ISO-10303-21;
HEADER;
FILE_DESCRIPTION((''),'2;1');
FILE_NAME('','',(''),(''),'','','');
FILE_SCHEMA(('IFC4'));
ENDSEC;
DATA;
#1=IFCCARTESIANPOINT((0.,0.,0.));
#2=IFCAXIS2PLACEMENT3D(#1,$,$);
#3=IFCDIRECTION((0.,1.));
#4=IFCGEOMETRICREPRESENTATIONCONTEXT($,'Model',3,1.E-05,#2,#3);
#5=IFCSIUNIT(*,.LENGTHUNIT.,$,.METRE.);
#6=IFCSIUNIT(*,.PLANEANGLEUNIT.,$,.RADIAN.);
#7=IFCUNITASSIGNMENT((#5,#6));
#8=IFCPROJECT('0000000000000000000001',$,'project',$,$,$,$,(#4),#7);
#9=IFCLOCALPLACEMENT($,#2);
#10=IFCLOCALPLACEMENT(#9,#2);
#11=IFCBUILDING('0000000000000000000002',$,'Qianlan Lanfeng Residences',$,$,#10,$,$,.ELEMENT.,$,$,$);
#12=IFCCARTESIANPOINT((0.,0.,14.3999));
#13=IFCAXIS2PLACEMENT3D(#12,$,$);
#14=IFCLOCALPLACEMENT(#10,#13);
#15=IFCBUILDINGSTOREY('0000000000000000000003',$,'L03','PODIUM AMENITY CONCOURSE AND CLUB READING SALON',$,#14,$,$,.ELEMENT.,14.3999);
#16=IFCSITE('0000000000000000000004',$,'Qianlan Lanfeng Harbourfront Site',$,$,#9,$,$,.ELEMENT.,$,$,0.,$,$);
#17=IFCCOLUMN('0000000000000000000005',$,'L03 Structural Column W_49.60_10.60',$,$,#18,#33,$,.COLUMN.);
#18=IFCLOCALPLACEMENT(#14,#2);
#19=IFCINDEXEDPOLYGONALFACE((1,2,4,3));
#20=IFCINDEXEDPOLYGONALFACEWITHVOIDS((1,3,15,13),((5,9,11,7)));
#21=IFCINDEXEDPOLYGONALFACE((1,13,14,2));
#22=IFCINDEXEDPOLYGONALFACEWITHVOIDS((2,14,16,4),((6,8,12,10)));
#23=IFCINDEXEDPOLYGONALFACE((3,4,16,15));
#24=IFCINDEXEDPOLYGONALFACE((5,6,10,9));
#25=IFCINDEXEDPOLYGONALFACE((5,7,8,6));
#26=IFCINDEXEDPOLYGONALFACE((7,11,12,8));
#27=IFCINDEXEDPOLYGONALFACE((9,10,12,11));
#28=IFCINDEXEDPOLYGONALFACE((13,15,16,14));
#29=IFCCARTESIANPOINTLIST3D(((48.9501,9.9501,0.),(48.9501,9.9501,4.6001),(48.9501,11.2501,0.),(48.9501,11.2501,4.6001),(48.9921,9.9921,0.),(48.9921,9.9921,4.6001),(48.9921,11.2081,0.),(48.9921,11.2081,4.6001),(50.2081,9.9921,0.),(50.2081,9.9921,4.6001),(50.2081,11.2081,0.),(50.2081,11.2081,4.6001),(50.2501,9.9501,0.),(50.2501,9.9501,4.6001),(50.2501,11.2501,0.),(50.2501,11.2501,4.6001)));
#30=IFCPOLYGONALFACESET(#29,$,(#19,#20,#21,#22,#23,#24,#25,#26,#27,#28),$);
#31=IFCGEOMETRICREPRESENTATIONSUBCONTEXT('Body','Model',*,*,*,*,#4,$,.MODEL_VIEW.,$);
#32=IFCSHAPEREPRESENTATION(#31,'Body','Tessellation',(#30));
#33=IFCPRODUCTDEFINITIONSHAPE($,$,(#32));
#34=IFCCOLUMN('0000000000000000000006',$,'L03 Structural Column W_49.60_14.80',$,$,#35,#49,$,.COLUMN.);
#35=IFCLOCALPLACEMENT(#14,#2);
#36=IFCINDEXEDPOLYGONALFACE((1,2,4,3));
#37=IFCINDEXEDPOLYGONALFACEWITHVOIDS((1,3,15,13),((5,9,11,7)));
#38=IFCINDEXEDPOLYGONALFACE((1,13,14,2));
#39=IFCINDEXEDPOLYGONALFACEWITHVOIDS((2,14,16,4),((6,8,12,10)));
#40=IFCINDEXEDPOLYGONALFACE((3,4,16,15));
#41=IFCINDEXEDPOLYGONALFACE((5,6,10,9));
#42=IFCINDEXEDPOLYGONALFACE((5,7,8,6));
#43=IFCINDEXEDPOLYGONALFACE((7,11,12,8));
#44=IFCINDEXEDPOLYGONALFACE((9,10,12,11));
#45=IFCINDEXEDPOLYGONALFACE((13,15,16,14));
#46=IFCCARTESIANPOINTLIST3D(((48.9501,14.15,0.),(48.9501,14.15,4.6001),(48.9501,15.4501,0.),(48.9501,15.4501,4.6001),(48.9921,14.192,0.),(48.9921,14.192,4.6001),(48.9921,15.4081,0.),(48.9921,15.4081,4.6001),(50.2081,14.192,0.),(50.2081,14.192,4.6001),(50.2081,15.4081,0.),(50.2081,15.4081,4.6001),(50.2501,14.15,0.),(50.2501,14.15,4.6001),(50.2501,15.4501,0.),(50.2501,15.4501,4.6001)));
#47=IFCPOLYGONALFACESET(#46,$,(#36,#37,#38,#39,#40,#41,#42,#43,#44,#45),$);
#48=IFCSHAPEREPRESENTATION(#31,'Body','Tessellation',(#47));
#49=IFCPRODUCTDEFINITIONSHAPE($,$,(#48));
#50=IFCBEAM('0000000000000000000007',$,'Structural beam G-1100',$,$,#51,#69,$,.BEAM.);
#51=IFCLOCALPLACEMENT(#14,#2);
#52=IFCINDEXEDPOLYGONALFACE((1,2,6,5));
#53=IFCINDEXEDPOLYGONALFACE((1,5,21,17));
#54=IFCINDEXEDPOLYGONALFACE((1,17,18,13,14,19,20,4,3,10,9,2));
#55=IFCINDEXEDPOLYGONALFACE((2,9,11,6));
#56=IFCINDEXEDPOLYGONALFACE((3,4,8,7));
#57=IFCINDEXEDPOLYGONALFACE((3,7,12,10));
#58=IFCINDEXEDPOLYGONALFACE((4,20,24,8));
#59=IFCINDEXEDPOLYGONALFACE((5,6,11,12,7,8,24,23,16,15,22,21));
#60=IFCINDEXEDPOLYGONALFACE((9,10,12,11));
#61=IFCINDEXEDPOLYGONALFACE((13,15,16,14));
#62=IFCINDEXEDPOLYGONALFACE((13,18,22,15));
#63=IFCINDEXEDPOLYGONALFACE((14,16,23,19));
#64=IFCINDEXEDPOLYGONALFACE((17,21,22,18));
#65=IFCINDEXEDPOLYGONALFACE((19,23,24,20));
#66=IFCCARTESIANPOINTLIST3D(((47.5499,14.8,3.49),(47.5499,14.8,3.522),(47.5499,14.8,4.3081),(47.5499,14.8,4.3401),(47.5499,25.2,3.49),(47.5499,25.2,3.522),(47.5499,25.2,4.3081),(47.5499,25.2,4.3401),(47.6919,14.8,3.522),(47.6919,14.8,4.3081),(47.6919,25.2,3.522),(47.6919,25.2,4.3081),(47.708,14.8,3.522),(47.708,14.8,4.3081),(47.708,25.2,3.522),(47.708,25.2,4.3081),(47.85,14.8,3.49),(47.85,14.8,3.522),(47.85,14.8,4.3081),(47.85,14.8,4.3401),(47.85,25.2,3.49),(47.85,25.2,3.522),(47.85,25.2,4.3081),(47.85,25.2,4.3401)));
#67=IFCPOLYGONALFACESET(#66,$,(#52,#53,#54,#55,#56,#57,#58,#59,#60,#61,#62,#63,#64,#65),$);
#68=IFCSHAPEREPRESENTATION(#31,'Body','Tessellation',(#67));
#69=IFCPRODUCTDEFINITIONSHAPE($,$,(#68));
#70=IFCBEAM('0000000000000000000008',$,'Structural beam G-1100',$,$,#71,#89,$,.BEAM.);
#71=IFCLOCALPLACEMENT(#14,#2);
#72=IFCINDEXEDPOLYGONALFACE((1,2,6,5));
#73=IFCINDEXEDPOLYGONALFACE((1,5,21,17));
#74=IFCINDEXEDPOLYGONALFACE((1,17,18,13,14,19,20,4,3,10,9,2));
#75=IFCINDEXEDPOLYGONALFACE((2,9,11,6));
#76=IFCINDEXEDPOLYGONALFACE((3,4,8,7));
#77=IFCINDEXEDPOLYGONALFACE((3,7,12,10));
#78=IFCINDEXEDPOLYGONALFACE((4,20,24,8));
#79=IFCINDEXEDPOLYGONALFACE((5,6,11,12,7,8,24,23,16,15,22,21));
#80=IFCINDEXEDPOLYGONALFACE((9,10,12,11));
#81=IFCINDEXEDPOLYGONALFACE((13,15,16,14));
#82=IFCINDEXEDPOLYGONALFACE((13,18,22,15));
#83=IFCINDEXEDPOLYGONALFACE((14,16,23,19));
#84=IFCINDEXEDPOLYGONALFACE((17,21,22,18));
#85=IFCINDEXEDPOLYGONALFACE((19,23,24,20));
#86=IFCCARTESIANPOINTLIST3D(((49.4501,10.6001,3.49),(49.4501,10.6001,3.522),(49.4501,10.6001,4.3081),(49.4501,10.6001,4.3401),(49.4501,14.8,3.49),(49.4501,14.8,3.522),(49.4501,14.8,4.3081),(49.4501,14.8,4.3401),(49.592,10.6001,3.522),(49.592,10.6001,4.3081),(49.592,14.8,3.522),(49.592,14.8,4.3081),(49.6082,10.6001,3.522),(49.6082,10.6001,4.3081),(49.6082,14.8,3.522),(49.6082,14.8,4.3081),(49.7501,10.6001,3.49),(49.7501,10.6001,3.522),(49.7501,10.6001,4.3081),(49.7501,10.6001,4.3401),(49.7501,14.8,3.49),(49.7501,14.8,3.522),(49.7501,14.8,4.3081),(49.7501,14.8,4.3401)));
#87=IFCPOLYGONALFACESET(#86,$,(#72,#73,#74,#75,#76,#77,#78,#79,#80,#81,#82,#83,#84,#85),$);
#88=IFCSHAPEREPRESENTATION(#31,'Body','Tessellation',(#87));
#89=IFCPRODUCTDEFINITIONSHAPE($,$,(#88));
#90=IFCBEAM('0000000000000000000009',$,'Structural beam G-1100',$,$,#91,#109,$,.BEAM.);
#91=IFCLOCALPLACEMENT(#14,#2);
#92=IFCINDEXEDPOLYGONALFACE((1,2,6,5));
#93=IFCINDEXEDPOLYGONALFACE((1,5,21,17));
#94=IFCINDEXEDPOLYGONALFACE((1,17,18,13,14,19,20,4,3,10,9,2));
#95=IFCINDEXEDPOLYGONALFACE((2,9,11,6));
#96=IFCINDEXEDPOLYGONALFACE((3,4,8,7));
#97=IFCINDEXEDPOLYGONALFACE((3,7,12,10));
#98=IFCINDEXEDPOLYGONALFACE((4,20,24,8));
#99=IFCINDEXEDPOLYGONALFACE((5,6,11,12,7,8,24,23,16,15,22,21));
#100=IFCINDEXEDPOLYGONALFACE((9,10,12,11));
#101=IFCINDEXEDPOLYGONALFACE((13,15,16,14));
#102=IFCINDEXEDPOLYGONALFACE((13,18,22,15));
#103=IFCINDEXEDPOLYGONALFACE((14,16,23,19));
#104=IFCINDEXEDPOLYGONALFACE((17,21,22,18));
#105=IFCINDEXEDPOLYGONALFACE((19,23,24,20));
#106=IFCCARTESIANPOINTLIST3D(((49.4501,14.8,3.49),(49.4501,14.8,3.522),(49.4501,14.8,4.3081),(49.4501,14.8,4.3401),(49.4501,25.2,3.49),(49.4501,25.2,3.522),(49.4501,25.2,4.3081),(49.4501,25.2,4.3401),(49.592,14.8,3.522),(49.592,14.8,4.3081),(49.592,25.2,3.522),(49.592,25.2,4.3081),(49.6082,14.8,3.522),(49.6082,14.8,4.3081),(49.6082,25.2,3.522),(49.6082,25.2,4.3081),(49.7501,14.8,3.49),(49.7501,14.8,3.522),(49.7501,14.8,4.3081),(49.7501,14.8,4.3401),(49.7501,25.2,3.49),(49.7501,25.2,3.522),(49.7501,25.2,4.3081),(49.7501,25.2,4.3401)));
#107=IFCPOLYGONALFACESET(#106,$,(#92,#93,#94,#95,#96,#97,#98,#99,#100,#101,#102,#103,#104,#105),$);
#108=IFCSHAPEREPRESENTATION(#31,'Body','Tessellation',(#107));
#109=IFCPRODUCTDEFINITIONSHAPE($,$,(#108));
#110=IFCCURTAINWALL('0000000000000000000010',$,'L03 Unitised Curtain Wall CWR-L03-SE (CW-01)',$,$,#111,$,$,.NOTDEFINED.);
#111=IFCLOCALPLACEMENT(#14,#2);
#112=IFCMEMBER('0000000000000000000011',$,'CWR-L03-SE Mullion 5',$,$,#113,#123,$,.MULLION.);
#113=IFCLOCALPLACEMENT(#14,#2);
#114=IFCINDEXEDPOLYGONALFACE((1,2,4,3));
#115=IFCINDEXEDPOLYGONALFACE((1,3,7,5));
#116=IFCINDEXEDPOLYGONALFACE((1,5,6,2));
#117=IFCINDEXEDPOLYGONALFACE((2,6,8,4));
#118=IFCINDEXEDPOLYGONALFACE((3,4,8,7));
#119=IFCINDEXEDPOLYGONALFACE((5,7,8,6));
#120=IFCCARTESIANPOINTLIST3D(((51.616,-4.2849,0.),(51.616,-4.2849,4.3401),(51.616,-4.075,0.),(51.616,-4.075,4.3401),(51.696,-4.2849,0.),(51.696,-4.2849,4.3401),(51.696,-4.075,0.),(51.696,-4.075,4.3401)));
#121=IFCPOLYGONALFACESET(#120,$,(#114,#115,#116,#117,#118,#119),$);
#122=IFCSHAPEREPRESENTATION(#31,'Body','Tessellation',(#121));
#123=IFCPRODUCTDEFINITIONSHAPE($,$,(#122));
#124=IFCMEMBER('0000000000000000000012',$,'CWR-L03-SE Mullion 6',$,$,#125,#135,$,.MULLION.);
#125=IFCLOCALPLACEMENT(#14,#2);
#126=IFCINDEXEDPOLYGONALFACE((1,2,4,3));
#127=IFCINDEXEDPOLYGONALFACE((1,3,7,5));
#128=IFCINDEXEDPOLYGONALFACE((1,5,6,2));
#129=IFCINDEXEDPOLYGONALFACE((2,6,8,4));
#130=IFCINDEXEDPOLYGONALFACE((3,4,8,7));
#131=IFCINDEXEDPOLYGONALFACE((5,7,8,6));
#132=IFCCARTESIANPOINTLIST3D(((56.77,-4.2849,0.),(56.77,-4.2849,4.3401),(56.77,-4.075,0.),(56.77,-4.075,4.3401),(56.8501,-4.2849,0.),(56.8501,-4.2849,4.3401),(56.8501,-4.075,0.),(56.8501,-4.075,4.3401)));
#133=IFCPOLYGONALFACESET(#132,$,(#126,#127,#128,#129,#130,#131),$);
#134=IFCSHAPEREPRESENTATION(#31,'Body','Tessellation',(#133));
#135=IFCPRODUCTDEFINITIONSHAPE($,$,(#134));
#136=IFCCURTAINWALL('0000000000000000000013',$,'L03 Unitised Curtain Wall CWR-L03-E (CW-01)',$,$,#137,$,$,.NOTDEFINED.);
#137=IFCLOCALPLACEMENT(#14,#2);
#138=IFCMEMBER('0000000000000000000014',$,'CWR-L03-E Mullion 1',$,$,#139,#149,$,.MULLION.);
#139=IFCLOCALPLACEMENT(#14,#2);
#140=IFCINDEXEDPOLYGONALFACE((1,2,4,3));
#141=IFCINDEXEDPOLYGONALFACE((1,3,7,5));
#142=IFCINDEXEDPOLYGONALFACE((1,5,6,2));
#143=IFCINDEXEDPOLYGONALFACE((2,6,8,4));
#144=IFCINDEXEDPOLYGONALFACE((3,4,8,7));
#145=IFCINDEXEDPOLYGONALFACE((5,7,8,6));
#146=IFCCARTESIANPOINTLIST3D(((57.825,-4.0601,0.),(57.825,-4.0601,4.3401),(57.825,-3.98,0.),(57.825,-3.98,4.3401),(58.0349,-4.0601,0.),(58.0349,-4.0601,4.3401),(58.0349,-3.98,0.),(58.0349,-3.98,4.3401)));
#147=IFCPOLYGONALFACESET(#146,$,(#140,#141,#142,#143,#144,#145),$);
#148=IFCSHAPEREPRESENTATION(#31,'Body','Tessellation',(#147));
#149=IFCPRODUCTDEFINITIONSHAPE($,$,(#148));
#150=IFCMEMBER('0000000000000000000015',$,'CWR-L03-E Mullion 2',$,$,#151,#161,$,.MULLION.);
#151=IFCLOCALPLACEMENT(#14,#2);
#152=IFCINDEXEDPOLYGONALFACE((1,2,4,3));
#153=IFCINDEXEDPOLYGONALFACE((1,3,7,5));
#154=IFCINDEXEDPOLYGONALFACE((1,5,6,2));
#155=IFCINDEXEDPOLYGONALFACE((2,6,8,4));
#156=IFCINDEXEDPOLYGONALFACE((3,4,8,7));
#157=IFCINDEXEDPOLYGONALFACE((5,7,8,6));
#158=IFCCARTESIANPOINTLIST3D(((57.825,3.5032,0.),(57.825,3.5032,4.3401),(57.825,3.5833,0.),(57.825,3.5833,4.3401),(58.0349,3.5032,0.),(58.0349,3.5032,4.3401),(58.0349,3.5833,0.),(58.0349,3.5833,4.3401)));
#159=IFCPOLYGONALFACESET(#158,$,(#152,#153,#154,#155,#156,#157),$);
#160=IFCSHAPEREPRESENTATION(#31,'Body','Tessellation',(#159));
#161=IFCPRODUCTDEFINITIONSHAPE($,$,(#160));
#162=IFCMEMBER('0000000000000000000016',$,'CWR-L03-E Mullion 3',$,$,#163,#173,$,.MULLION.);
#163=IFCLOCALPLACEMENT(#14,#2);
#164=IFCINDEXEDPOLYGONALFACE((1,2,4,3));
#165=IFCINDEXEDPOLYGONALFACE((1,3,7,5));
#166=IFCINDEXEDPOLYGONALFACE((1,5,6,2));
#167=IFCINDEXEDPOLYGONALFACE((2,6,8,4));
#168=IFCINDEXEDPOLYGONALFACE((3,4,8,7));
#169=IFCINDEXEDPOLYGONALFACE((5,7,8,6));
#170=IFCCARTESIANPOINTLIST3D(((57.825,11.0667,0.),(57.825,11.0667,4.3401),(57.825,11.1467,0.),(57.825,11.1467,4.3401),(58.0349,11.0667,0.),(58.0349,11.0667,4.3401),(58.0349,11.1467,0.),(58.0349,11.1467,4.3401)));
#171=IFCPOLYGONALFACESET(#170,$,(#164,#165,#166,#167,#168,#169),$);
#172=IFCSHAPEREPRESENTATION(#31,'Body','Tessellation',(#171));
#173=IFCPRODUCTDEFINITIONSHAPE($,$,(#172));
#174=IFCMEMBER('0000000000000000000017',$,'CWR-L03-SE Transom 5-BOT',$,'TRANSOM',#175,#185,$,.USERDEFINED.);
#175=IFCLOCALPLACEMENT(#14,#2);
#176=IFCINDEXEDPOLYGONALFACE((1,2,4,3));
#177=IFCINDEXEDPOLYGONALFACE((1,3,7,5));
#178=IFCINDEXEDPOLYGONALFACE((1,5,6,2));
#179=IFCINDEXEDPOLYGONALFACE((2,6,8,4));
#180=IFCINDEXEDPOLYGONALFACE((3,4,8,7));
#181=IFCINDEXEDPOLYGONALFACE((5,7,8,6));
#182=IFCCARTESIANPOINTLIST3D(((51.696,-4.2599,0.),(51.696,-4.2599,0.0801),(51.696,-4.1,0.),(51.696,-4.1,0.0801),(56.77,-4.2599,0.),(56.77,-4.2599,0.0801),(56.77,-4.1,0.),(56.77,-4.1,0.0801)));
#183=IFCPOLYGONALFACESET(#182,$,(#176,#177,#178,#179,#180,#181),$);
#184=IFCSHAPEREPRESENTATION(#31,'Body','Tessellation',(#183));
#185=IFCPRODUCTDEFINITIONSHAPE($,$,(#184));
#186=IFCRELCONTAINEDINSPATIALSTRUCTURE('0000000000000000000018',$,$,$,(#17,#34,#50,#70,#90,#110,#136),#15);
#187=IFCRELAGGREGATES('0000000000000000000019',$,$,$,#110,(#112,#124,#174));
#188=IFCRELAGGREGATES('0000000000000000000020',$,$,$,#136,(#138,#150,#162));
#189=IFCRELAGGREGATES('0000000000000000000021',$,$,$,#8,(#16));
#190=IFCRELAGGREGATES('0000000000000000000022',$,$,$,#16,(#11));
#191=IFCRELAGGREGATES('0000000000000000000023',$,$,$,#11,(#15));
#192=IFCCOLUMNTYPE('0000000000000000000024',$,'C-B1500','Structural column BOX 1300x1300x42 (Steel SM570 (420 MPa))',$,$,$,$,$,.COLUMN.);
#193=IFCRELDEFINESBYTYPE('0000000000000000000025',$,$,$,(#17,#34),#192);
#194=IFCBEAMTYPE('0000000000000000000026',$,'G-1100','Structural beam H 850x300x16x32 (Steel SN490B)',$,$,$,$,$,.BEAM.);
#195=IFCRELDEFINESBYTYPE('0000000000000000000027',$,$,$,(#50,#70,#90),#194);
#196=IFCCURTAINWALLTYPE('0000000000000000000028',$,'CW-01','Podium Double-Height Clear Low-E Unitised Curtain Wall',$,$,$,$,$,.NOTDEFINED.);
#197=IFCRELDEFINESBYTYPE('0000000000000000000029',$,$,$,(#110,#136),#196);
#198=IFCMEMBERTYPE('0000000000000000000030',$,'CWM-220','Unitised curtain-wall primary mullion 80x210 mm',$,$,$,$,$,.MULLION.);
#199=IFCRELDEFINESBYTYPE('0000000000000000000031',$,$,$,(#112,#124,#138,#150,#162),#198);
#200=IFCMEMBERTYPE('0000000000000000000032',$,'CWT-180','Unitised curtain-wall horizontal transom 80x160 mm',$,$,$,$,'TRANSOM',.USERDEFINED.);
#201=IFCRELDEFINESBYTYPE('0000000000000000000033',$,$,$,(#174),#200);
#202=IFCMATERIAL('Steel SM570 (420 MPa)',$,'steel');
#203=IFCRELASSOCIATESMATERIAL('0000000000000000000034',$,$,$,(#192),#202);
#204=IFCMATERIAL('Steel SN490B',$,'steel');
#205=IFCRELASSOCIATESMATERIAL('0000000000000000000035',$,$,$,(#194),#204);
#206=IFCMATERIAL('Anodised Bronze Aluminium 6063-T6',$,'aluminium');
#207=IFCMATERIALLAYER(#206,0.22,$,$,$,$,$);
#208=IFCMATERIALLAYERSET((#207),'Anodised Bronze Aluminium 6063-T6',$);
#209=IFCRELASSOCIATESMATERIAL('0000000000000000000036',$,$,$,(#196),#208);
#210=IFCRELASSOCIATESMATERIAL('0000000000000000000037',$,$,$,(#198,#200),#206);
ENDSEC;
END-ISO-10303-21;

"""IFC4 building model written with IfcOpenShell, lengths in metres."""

from ifc_helpers import new_model, si_unit, direction, frame, origin, origin_2d, place, context, subcontext, project, spatial, rectangle, hollow_rectangle, i_section, extrude, source, transform, mapped, material, layer, layer_set, material_profile, profile_set, type_object, element, aggregate, save


model = new_model("IFC4")

# Units and contexts
model_context = context("Model", 3, precision=1e-05, world=origin(), true_north=direction((0.0, 1.0)))
body_context = subcontext(model_context, "Body", "Model", "MODEL_VIEW")
ifc_project = project(units=[si_unit("LENGTHUNIT", "METRE"), si_unit("PLANEANGLEUNIT", "RADIAN")], contexts=[model_context])

# Site, building, storey
site_placement = place(None, origin())
site = spatial("IfcSite", under=ifc_project, at=site_placement, Name="Qianlan Lanfeng Harbourfront Site", CompositionType="ELEMENT", RefElevation=0.0)
building_placement = place(site_placement, origin())
building = spatial("IfcBuilding", under=site, at=building_placement, Name="Qianlan Lanfeng Residences", CompositionType="ELEMENT")
storey_placement = place(building_placement, frame((0.0, 0.0, 14.3999)))
storey = spatial("IfcBuildingStorey", under=building, at=storey_placement, Name="L03", Description="PODIUM AMENITY CONCOURSE AND CLUB READING SALON", CompositionType="ELEMENT", Elevation=14.3999)

# Columns
ifc_material_1 = material(Name="Steel SM570 (420 MPa)", Category="steel")
ifc_material_profile_1 = material_profile(ifc_material_1, hollow_rectangle(XDim=1.3, YDim=1.3, WallThickness=0.042, at=origin_2d()), Name="BOX 1300x1300x42")
ifc_profile_set_1 = profile_set([ifc_material_profile_1], Name="Steel SM570 (420 MPa)")
column_type = type_object("IfcColumnType", Name="C-B1500", Description="Structural column BOX 1300x1300x42 (Steel SM570 (420 MPa))", PredefinedType="COLUMN", material=ifc_profile_set_1)
for number, where, z_axis, x_axis, name in (
    (1, (49.6001, 10.6001, 0.0), (0.0, 0.0, 1.0), (1.0, 0.0, 0.0), "L03 Structural Column W_49.60_10.60"),
    (2, (49.6001, 14.8, 0.0), (0.0, 0.0, 1.0), (1.0, 0.0, 0.0), "L03 Structural Column W_49.60_14.80"),
):
    element("IfcColumn", number, at=place(storey_placement, frame(where, z_axis=z_axis, x_axis=x_axis)), inside=storey, type_object=column_type, Name=name, PredefinedType="COLUMN", context=body_context, shape_type="SweptSolid", body=[
        extrude(hollow_rectangle(XDim=1.3, YDim=1.3, WallThickness=0.042, at=origin_2d()), origin(), (0.0, 0.0, 1.0), 4.6001),
    ])

# Beams
ifc_material_2 = material(Name="Steel SN490B", Category="steel")
ifc_material_profile_2 = material_profile(ifc_material_2, i_section(OverallWidth=0.3, OverallDepth=0.8501, WebThickness=0.0161, FlangeThickness=0.032, at=origin_2d()), Name="H 850x300x16x32")
ifc_profile_set_2 = profile_set([ifc_material_profile_2], Name="Steel SN490B")
beam_type = type_object("IfcBeamType", Name="G-1100", Description="Structural beam H 850x300x16x32 (Steel SN490B)", PredefinedType="BEAM", material=ifc_profile_set_2)
beam_1_placement = place(storey_placement, frame((47.7, 14.8, 3.915), z_axis=(0.0, 1.0, 0.0), x_axis=(-1.0, 0.0, 0.0)))
element("IfcBeam", 3, at=beam_1_placement, inside=storey, type_object=beam_type, Name="Structural beam G-1100", PredefinedType="BEAM", context=body_context, shape_type="SweptSolid", body=[
    extrude(i_section(OverallWidth=0.3, OverallDepth=0.8501, WebThickness=0.0161, FlangeThickness=0.032, at=origin_2d()), origin(), (0.0, 0.0, 1.0), 10.3999),
])
beam_2_placement = place(storey_placement, frame((49.6001, 10.6001, 3.915), z_axis=(0.0, 1.0, 0.0), x_axis=(-1.0, 0.0, 0.0)))
element("IfcBeam", 4, at=beam_2_placement, inside=storey, type_object=beam_type, Name="Structural beam G-1100", PredefinedType="BEAM", context=body_context, shape_type="SweptSolid", body=[
    extrude(i_section(OverallWidth=0.3, OverallDepth=0.8501, WebThickness=0.0161, FlangeThickness=0.032, at=origin_2d()), origin(), (0.0, 0.0, 1.0), 4.2),
])
beam_3_placement = place(storey_placement, frame((49.6001, 14.8, 3.915), z_axis=(0.0, 1.0, 0.0), x_axis=(-1.0, 0.0, 0.0)))
element("IfcBeam", 5, at=beam_3_placement, inside=storey, type_object=beam_type, Name="Structural beam G-1100", PredefinedType="BEAM", context=body_context, shape_type="SweptSolid", body=[
    extrude(i_section(OverallWidth=0.3, OverallDepth=0.8501, WebThickness=0.0161, FlangeThickness=0.032, at=origin_2d()), origin(), (0.0, 0.0, 1.0), 10.3999),
])

# Curtain walls, members
ifc_material_3 = material(Name="Anodised Bronze Aluminium 6063-T6", Category="aluminium")
ifc_layer_1 = layer(ifc_material_3, 0.22)
ifc_layer_set_1 = layer_set([ifc_layer_1], Name="Anodised Bronze Aluminium 6063-T6")
curtain_wall_type = type_object("IfcCurtainWallType", Name="CW-01", Description="Podium Double-Height Clear Low-E Unitised Curtain Wall", PredefinedType="NOTDEFINED", material=ifc_layer_set_1)
curtain_wall_1_placement = place(storey_placement, origin())
curtain_wall_1 = element("IfcCurtainWall", 6, at=curtain_wall_1_placement, inside=storey, type_object=curtain_wall_type, Name="L03 Unitised Curtain Wall CWR-L03-SE (CW-01)", PredefinedType="NOTDEFINED")
ifc_material_profile_3 = material_profile(ifc_material_3, rectangle(XDim=0.0801, YDim=0.21, at=origin_2d()), Name="ALU MULLION 80x210")
ifc_profile_set_3 = profile_set([ifc_material_profile_3], Name="Anodised Bronze Aluminium 6063-T6")
member_type_1 = type_object("IfcMemberType", Name="CWM-220", Description="Unitised curtain-wall primary mullion 80x210 mm", PredefinedType="MULLION", material=ifc_profile_set_3)
shared_shape_1 = source(origin(), body_context, "Body", "SweptSolid", [
    extrude(rectangle(XDim=0.0801, YDim=0.21, at=origin_2d()), origin(), (0.0, 0.0, 1.0), 4.3401),
])
member_1_placement = place(storey_placement, frame((51.656, -4.1799, 0.0), z_axis=(0.0, 0.0, 1.0), x_axis=(1.0, 0.0, 0.0)))
member_1 = element("IfcMember", 7, at=member_1_placement, type_object=member_type_1, Name="CWR-L03-SE Mullion 5", PredefinedType="MULLION", context=body_context, shape_type="MappedRepresentation", body=[
    mapped(shared_shape_1, transform((0.0, 0.0, 0.0), scale=1.0)),
])
member_2_placement = place(storey_placement, frame((56.8101, -4.1799, 0.0), z_axis=(0.0, 0.0, 1.0), x_axis=(1.0, 0.0, 0.0)))
member_2 = element("IfcMember", 8, at=member_2_placement, type_object=member_type_1, Name="CWR-L03-SE Mullion 6", PredefinedType="MULLION", context=body_context, shape_type="MappedRepresentation", body=[
    mapped(shared_shape_1, transform((0.0, 0.0, 0.0), scale=1.0)),
])
curtain_wall_2_placement = place(storey_placement, origin())
curtain_wall_2 = element("IfcCurtainWall", 9, at=curtain_wall_2_placement, inside=storey, type_object=curtain_wall_type, Name="L03 Unitised Curtain Wall CWR-L03-E (CW-01)", PredefinedType="NOTDEFINED")
member_3_placement = place(storey_placement, frame((57.9299, -4.02, 0.0), z_axis=(0.0, 0.0, 1.0), x_axis=(0.0, 1.0, 0.0)))
member_3 = element("IfcMember", 10, at=member_3_placement, type_object=member_type_1, Name="CWR-L03-E Mullion 1", PredefinedType="MULLION", context=body_context, shape_type="MappedRepresentation", body=[
    mapped(shared_shape_1, transform((0.0, 0.0, 0.0), scale=1.0)),
])
member_4_placement = place(storey_placement, frame((57.9299, 3.5432, 0.0), z_axis=(0.0, 0.0, 1.0), x_axis=(0.0, 1.0, 0.0)))
member_4 = element("IfcMember", 11, at=member_4_placement, type_object=member_type_1, Name="CWR-L03-E Mullion 2", PredefinedType="MULLION", context=body_context, shape_type="MappedRepresentation", body=[
    mapped(shared_shape_1, transform((0.0, 0.0, 0.0), scale=1.0)),
])
member_5_placement = place(storey_placement, frame((57.9299, 11.1067, 0.0), z_axis=(0.0, 0.0, 1.0), x_axis=(0.0, 1.0, 0.0)))
member_5 = element("IfcMember", 12, at=member_5_placement, type_object=member_type_1, Name="CWR-L03-E Mullion 3", PredefinedType="MULLION", context=body_context, shape_type="MappedRepresentation", body=[
    mapped(shared_shape_1, transform((0.0, 0.0, 0.0), scale=1.0)),
])

# Member
ifc_material_profile_4 = material_profile(ifc_material_3, rectangle(XDim=0.0801, YDim=0.1599, at=origin_2d()), Name="ALU TRANSOM 80x160")
ifc_profile_set_4 = profile_set([ifc_material_profile_4], Name="Anodised Bronze Aluminium 6063-T6")
member_type_2 = type_object("IfcMemberType", Name="CWT-180", Description="Unitised curtain-wall horizontal transom 80x160 mm", ElementType="TRANSOM", PredefinedType="USERDEFINED", material=ifc_profile_set_4)
shared_shape_2 = source(origin(), body_context, "Body", "SweptSolid", [
    extrude(rectangle(XDim=0.0801, YDim=0.1599, at=origin_2d()), origin(), (0.0, 0.0, 1.0), 5.074),
])
member_6_placement = place(storey_placement, frame((51.696, -4.1799, 0.04), z_axis=(1.0, 0.0, 0.0), x_axis=(0.0, 0.0, 1.0)))
member_6 = element("IfcMember", 13, at=member_6_placement, type_object=member_type_2, Name="CWR-L03-SE Transom 5-BOT", ObjectType="TRANSOM", PredefinedType="USERDEFINED", context=body_context, shape_type="MappedRepresentation", body=[
    mapped(shared_shape_2, transform((0.0, 0.0, 0.0), scale=1.0)),
])

aggregate(curtain_wall_1, [member_1, member_2, member_6])
aggregate(curtain_wall_2, [member_3, member_4, member_5])

save(model, "model.ifc")
